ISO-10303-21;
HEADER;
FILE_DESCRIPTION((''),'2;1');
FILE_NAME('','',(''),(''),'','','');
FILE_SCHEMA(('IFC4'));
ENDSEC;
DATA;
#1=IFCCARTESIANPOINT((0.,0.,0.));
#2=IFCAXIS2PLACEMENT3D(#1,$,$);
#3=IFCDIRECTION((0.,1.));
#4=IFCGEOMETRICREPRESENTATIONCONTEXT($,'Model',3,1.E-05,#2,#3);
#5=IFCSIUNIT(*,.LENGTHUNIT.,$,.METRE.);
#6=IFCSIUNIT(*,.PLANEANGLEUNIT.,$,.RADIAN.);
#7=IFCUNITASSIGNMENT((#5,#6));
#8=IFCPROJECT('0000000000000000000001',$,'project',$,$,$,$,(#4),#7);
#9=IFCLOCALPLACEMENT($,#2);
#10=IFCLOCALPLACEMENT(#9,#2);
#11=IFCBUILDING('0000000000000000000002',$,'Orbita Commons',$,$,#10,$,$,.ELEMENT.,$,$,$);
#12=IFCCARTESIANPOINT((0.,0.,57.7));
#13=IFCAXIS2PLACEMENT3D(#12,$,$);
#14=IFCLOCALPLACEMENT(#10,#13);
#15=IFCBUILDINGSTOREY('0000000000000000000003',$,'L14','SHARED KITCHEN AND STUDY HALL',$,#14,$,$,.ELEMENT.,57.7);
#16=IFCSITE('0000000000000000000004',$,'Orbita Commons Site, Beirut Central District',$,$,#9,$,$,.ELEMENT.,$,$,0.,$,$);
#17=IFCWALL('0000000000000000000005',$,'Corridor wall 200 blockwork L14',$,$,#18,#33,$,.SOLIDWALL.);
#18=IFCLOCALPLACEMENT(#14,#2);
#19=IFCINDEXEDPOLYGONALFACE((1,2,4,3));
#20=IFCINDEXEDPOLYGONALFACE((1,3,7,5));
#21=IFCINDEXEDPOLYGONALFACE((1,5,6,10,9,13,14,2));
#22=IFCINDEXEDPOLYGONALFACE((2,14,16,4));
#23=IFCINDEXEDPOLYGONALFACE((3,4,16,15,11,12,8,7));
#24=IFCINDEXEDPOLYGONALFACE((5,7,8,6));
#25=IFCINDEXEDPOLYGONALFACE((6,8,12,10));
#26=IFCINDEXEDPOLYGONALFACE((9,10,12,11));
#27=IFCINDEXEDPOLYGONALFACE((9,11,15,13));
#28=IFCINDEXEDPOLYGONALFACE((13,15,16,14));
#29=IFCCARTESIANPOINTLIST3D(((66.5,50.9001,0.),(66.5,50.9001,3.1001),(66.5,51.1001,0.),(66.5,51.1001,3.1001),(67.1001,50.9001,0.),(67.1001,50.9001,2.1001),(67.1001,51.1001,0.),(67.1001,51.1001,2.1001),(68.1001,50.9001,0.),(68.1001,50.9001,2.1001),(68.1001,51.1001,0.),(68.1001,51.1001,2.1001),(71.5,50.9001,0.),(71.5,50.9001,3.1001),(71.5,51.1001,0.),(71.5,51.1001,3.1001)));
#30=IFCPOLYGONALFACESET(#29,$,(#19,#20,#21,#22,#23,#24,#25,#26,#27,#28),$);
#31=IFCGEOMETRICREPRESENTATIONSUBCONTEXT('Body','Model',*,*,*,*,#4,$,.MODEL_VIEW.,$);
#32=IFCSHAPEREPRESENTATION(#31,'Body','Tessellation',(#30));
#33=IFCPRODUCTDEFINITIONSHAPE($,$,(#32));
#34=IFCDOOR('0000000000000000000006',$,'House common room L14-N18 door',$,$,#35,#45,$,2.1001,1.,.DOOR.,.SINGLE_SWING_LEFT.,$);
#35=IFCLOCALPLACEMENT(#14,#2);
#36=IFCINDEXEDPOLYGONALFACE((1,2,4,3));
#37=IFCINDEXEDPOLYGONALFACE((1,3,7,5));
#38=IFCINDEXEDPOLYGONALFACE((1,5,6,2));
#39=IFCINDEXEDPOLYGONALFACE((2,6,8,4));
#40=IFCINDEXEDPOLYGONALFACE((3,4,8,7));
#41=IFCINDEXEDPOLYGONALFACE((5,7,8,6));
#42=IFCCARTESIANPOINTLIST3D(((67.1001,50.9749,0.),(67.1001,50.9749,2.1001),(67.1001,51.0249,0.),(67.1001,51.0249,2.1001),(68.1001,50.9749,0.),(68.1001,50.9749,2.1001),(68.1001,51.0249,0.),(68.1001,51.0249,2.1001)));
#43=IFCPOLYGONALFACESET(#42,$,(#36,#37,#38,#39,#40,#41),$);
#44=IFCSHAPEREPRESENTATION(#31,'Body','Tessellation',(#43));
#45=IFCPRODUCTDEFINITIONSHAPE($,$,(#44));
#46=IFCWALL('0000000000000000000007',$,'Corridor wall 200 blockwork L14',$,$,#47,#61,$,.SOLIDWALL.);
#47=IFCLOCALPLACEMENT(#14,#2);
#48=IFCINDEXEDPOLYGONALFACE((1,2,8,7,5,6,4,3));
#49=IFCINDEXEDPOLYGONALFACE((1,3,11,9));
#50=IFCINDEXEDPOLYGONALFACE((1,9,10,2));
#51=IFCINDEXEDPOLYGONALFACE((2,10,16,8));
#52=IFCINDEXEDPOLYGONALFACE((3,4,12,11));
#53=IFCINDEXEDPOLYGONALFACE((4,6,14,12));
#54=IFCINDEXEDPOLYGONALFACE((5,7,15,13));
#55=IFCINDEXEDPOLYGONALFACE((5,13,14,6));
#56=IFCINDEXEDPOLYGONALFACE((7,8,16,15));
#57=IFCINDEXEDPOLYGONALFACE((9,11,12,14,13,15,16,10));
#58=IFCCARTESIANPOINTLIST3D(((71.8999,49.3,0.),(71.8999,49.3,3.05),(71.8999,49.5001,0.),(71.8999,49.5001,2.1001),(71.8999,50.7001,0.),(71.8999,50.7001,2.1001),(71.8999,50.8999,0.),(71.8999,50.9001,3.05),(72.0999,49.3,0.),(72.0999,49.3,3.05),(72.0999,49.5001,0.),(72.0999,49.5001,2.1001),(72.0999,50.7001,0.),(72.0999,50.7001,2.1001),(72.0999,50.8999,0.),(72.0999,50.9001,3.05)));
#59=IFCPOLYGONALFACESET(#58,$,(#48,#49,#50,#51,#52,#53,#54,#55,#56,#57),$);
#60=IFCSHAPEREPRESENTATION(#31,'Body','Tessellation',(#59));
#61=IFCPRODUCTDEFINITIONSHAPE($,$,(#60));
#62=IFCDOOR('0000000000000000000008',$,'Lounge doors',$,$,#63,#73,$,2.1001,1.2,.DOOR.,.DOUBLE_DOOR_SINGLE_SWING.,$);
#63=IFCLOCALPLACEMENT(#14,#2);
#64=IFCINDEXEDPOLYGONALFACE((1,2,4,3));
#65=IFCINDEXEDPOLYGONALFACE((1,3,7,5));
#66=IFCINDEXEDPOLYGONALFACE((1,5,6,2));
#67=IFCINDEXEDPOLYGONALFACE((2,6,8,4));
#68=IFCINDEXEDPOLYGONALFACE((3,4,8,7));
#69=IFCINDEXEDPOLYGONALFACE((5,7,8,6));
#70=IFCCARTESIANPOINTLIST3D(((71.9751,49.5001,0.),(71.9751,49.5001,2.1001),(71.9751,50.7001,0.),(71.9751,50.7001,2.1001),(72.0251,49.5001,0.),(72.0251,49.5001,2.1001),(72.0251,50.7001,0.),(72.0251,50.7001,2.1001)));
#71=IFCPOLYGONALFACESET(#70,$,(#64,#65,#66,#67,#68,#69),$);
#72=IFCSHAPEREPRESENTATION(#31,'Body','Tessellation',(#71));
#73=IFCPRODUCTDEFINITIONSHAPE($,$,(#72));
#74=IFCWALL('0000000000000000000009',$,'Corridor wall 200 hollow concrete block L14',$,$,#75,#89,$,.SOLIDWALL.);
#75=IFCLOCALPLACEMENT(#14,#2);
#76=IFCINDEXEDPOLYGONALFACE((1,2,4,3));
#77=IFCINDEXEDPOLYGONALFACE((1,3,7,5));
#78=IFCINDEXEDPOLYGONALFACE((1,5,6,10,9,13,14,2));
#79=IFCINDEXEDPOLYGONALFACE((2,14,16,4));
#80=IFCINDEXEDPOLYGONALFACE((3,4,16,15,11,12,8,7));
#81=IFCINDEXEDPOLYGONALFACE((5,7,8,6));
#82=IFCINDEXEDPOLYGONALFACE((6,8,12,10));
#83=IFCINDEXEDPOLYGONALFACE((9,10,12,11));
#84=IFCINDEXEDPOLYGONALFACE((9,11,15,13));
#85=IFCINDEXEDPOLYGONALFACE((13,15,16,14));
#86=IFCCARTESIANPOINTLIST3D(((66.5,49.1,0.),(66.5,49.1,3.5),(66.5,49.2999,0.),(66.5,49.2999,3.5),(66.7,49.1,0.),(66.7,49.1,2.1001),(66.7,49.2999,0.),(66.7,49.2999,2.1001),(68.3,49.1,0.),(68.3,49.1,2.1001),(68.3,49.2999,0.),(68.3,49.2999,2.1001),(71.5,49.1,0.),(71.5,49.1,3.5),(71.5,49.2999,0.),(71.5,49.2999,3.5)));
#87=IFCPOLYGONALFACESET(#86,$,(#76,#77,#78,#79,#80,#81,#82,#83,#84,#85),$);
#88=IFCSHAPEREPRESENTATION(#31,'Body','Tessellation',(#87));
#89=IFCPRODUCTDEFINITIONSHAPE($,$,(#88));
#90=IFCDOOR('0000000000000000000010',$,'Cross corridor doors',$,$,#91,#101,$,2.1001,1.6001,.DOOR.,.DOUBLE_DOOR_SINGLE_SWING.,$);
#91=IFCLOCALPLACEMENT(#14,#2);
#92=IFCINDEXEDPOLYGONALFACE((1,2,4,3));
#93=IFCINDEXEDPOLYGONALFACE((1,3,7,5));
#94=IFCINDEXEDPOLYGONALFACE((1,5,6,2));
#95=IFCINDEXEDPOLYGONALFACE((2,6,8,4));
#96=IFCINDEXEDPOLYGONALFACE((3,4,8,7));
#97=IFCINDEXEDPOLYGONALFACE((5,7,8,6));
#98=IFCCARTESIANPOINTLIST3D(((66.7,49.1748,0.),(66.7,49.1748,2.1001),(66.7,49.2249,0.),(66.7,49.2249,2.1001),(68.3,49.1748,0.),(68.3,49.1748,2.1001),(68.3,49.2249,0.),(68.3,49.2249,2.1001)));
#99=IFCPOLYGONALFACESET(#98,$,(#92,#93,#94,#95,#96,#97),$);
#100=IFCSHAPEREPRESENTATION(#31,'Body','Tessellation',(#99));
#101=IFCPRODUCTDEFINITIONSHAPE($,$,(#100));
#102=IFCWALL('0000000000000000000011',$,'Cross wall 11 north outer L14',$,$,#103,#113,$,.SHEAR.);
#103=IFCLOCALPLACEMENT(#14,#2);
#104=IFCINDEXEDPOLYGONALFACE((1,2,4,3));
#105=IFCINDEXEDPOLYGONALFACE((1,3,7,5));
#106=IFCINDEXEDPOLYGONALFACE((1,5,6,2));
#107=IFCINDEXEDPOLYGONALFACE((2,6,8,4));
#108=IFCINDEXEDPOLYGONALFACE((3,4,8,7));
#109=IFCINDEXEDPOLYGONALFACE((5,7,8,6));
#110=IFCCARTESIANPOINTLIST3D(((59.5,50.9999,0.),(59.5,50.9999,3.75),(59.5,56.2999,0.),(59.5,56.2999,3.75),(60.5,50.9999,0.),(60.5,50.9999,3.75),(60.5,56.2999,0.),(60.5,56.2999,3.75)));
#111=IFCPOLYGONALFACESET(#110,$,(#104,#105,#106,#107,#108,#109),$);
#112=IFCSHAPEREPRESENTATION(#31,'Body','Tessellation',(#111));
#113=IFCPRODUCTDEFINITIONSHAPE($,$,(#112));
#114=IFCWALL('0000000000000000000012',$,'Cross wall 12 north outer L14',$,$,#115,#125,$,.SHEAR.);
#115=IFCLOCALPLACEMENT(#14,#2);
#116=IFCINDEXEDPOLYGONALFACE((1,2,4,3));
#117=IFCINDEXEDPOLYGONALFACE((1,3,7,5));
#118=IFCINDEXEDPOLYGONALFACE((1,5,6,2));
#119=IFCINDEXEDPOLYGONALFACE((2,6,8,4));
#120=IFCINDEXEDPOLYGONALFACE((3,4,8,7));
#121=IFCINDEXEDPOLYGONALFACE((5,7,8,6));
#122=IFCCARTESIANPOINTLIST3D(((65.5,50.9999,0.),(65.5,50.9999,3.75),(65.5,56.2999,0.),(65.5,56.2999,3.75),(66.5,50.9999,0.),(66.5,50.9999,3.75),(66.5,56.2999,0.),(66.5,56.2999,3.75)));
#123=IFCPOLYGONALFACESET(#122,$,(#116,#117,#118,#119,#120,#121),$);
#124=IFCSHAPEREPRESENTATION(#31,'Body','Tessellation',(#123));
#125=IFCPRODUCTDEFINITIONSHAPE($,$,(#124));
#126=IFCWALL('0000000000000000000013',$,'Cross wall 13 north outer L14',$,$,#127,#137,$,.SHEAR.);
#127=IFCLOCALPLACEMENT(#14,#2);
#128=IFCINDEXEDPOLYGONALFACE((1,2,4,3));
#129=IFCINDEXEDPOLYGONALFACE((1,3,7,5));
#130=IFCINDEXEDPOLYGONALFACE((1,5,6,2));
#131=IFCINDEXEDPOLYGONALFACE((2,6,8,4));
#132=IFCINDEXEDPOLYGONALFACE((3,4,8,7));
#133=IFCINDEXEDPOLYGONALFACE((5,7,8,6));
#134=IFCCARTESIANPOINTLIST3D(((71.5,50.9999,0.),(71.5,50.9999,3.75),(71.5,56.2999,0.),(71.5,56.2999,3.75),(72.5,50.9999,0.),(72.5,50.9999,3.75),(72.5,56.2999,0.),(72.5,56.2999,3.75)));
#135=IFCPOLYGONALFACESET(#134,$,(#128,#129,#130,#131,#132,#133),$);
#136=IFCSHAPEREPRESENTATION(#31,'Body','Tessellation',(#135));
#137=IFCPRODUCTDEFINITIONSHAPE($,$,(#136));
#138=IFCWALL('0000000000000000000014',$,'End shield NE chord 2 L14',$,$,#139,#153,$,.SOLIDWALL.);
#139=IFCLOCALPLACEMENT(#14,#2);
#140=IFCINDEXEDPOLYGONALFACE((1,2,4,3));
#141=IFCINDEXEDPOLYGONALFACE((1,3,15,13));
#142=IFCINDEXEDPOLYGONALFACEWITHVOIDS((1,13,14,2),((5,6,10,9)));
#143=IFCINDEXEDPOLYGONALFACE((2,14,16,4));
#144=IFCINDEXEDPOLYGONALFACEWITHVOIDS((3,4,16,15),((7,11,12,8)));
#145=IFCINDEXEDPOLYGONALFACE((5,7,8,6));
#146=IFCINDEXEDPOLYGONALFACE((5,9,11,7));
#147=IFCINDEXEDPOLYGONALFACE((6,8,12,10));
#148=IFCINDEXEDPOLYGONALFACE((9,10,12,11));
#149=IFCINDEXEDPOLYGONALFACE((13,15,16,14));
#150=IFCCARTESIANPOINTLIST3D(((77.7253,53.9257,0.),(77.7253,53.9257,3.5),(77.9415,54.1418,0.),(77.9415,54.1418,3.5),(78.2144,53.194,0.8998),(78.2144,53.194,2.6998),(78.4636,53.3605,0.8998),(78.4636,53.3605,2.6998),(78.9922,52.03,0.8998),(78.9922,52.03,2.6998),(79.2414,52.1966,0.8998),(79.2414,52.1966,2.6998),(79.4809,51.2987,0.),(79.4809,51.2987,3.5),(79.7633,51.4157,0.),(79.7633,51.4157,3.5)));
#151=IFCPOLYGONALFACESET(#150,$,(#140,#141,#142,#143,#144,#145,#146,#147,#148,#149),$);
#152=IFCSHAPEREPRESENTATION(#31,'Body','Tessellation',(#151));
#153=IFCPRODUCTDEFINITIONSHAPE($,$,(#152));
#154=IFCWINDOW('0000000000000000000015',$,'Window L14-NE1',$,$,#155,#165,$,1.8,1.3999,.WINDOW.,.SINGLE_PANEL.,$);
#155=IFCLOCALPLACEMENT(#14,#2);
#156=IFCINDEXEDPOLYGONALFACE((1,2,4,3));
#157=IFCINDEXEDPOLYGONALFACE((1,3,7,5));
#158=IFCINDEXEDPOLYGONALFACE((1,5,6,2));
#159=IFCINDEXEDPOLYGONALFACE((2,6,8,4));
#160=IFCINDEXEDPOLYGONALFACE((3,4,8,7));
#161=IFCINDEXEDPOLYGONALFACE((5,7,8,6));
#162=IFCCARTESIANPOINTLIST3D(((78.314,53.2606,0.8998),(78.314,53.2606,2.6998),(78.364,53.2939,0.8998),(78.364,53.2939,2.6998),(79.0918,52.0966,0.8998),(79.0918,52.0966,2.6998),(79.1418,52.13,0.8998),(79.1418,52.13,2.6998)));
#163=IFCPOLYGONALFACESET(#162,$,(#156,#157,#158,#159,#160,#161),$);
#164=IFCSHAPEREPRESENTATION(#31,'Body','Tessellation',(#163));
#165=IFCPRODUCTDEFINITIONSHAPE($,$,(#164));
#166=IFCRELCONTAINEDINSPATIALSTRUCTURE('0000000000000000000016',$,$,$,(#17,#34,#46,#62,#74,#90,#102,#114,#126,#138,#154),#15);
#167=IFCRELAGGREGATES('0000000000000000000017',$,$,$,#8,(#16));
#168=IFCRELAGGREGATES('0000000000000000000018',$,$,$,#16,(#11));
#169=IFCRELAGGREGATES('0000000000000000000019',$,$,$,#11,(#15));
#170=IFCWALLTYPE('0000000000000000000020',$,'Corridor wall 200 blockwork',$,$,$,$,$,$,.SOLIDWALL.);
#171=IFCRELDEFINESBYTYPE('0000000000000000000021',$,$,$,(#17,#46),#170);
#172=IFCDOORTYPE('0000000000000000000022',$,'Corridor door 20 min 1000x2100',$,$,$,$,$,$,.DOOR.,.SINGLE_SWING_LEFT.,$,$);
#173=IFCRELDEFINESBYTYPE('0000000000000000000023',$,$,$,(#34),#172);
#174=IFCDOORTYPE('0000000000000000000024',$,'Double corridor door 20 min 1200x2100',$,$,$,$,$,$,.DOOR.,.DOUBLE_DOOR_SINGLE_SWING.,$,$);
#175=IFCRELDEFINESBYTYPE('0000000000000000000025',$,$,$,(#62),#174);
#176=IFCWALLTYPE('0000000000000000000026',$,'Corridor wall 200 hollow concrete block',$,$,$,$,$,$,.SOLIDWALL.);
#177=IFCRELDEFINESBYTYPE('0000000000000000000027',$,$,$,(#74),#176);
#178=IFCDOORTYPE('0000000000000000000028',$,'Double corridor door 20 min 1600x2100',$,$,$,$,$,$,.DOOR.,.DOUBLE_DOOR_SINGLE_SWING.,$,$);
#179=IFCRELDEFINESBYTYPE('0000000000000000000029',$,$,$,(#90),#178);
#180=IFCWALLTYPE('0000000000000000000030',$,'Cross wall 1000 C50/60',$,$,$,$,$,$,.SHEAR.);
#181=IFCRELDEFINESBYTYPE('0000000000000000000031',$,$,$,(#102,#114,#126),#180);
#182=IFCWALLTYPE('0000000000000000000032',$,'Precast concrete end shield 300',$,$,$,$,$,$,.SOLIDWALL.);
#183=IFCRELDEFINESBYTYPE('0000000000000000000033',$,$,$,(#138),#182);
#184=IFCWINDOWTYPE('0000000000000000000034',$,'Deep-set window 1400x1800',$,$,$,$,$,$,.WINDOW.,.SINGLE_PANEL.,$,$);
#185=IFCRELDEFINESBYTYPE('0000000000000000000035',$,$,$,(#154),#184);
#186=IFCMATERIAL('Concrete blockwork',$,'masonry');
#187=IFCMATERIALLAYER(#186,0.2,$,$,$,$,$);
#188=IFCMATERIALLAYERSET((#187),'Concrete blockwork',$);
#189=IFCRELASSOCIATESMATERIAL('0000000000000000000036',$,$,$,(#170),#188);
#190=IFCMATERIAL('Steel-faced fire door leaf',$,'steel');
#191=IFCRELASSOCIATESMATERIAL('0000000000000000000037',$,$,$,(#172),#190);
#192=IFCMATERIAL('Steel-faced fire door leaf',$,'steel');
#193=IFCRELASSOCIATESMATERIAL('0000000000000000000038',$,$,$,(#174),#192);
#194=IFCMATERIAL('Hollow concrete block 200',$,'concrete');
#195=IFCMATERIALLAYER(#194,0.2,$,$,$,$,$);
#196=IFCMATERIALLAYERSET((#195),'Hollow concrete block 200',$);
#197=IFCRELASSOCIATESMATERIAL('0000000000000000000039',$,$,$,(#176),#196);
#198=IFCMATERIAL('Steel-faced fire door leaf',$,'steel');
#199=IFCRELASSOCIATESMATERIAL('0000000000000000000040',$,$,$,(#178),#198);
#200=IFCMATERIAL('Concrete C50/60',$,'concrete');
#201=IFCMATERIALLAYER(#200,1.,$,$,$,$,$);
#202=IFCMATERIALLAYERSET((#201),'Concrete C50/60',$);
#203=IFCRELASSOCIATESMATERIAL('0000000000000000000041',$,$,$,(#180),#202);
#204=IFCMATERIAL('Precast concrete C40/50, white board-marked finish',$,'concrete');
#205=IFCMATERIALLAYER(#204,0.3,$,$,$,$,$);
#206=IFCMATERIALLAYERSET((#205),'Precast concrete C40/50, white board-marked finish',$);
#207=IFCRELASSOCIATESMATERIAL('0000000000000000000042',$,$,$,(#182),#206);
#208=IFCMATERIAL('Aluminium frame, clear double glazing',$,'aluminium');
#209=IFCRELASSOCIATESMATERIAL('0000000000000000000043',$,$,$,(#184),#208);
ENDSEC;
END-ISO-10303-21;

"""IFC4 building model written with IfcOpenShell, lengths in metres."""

from ifc_helpers import new_model, si_unit, direction, frame, frame_2d, origin, place, context, subcontext, project, spatial, polyline, rectangle, outline, extrude, material, layer, layer_set, type_object, element, fill, save


model = new_model("IFC4")

# Units and contexts
model_context = context("Model", 3, precision=1e-05, world=origin(), true_north=direction((0.0, 1.0)))
body_context = subcontext(model_context, "Body", "Model", "MODEL_VIEW")
ifc_project = project(units=[si_unit("LENGTHUNIT", "METRE"), si_unit("PLANEANGLEUNIT", "RADIAN")], contexts=[model_context])

# Site, building, storey
site_placement = place(None, origin())
site = spatial("IfcSite", under=ifc_project, at=site_placement, Name="Orbita Commons Site, Beirut Central District", CompositionType="ELEMENT", RefElevation=0.0)
building_placement = place(site_placement, origin())
building = spatial("IfcBuilding", under=site, at=building_placement, Name="Orbita Commons", CompositionType="ELEMENT")
storey_placement = place(building_placement, frame((0.0, 0.0, 57.7)))
storey = spatial("IfcBuildingStorey", under=building, at=storey_placement, Name="L14", Description="SHARED KITCHEN AND STUDY HALL", CompositionType="ELEMENT", Elevation=57.7)

# Walls, openings, doors
ifc_material_1 = material(Name="Concrete blockwork", Category="masonry")
ifc_layer_1 = layer(ifc_material_1, 0.2)
ifc_layer_set_1 = layer_set([ifc_layer_1], Name="Concrete blockwork")
wall_type_1 = type_object("IfcWallType", Name="Corridor wall 200 blockwork", PredefinedType="SOLIDWALL", material=ifc_layer_set_1)
ifc_material_2 = material(Name="Steel-faced fire door leaf", Category="steel")
door_type_1 = type_object("IfcDoorType", Name="Corridor door 20 min 1000x2100", OperationType="SINGLE_SWING_LEFT", PredefinedType="DOOR", material=ifc_material_2)
wall_1_placement = place(storey_placement, frame((66.5, 51.0, 0.0), z_axis=(0.0, 0.0, 1.0), x_axis=(1.0, 0.0, 0.0)))
wall_1 = element("IfcWall", 1, at=wall_1_placement, inside=storey, type_object=wall_type_1, Name="Corridor wall 200 blockwork L14", PredefinedType="SOLIDWALL", context=body_context, shape_type="SweptSolid", body=[
    extrude(outline(polyline([(0.0, 0.0), (5.0, 0.0), (5.0, 3.1001), (0.0, 3.1001), (0.0, 0.0)])), frame((0.0, 0.1001, 0.0), z_axis=(0.0, -1.0, 0.0), x_axis=(1.0, 0.0, 0.0)), (0.0, 0.0, 1.0), 0.2),
])
opening_1_placement = place(wall_1_placement, frame((0.6001, 0.0, 0.0)))
opening_1 = element("IfcOpeningElement", 2, at=opening_1_placement, cuts=wall_1, PredefinedType="OPENING", context=body_context, shape_type="SweptSolid", body=[
    extrude(rectangle(XDim=1.0, YDim=2.1001, at=frame_2d((0.5, 1.05))), frame((0.0, 0.1099, 0.0), z_axis=(0.0, -1.0, 0.0), x_axis=(1.0, 0.0, 0.0)), (0.0, 0.0, 1.0), 0.22),
])
door_1_placement = place(opening_1_placement, origin())
door_1 = element("IfcDoor", 3, at=door_1_placement, inside=storey, type_object=door_type_1, Name="House common room L14-N18 door", OperationType="SINGLE_SWING_LEFT", OverallHeight=2.1001, OverallWidth=1.0, PredefinedType="DOOR", context=body_context, shape_type="SweptSolid", body=[
    extrude(rectangle(XDim=1.0, YDim=2.1001, at=frame_2d((0.5, 1.05))), frame((0.0, 0.0249, 0.0), z_axis=(0.0, -1.0, 0.0), x_axis=(1.0, 0.0, 0.0)), (0.0, 0.0, 1.0), 0.05),
])
fill(opening_1, door_1)
wall_2_placement = place(storey_placement, frame((72.0, 49.3, 0.0), z_axis=(0.0, 0.0, 1.0), x_axis=(0.0, 1.0, 0.0)))
wall_2 = element("IfcWall", 4, at=wall_2_placement, inside=storey, type_object=wall_type_1, Name="Corridor wall 200 blockwork L14", PredefinedType="SOLIDWALL", context=body_context, shape_type="SweptSolid", body=[
    extrude(outline(polyline([(0.0, 0.0), (1.5999, 0.0), (1.6001, 3.05), (0.0, 3.05), (0.0, 0.0)])), frame((0.0, 0.1001, 0.0), z_axis=(0.0, -1.0, 0.0), x_axis=(1.0, 0.0, 0.0)), (0.0, 0.0, 1.0), 0.2),
])
opening_2_placement = place(wall_2_placement, frame((0.2, 0.0, 0.0)))
opening_2 = element("IfcOpeningElement", 5, at=opening_2_placement, cuts=wall_2, PredefinedType="OPENING", context=body_context, shape_type="SweptSolid", body=[
    extrude(rectangle(XDim=1.2, YDim=2.1001, at=frame_2d((0.6001, 1.05))), frame((0.0, 0.1099, 0.0), z_axis=(0.0, -1.0, 0.0), x_axis=(1.0, 0.0, 0.0)), (0.0, 0.0, 1.0), 0.22),
])
ifc_material_3 = material(Name="Steel-faced fire door leaf", Category="steel")
door_type_2 = type_object("IfcDoorType", Name="Double corridor door 20 min 1200x2100", OperationType="DOUBLE_DOOR_SINGLE_SWING", PredefinedType="DOOR", material=ifc_material_3)
door_2_placement = place(opening_2_placement, origin())
door_2 = element("IfcDoor", 6, at=door_2_placement, inside=storey, type_object=door_type_2, Name="Lounge doors", OperationType="DOUBLE_DOOR_SINGLE_SWING", OverallHeight=2.1001, OverallWidth=1.2, PredefinedType="DOOR", context=body_context, shape_type="SweptSolid", body=[
    extrude(rectangle(XDim=1.2, YDim=2.1001, at=frame_2d((0.6001, 1.05))), frame((0.0, 0.0249, 0.0), z_axis=(0.0, -1.0, 0.0), x_axis=(1.0, 0.0, 0.0)), (0.0, 0.0, 1.0), 0.05),
])
fill(opening_2, door_2)
ifc_material_4 = material(Name="Hollow concrete block 200", Category="concrete")
ifc_layer_2 = layer(ifc_material_4, 0.2)
ifc_layer_set_2 = layer_set([ifc_layer_2], Name="Hollow concrete block 200")
wall_type_2 = type_object("IfcWallType", Name="Corridor wall 200 hollow concrete block", PredefinedType="SOLIDWALL", material=ifc_layer_set_2)
wall_3_placement = place(storey_placement, frame((66.5, 49.2, 0.0), z_axis=(0.0, 0.0, 1.0), x_axis=(1.0, 0.0, 0.0)))
wall_3 = element("IfcWall", 7, at=wall_3_placement, inside=storey, type_object=wall_type_2, Name="Corridor wall 200 hollow concrete block L14", PredefinedType="SOLIDWALL", context=body_context, shape_type="SweptSolid", body=[
    extrude(rectangle(XDim=5.0, YDim=0.2, at=frame_2d((2.5, 0.0))), origin(), (0.0, 0.0, 1.0), 3.5),
])
opening_3_placement = place(wall_3_placement, frame((0.2, 0.0, 0.0)))
opening_3 = element("IfcOpeningElement", 8, at=opening_3_placement, cuts=wall_3, PredefinedType="OPENING", context=body_context, shape_type="SweptSolid", body=[
    extrude(rectangle(XDim=1.6001, YDim=2.1001, at=frame_2d((0.8, 1.05))), frame((0.0, 0.1099, 0.0), z_axis=(0.0, -1.0, 0.0), x_axis=(1.0, 0.0, 0.0)), (0.0, 0.0, 1.0), 0.22),
])
ifc_material_5 = material(Name="Steel-faced fire door leaf", Category="steel")
door_type_3 = type_object("IfcDoorType", Name="Double corridor door 20 min 1600x2100", OperationType="DOUBLE_DOOR_SINGLE_SWING", PredefinedType="DOOR", material=ifc_material_5)
door_3_placement = place(opening_3_placement, origin())
door_3 = element("IfcDoor", 9, at=door_3_placement, inside=storey, type_object=door_type_3, Name="Cross corridor doors", OperationType="DOUBLE_DOOR_SINGLE_SWING", OverallHeight=2.1001, OverallWidth=1.6001, PredefinedType="DOOR", context=body_context, shape_type="SweptSolid", body=[
    extrude(rectangle(XDim=1.6001, YDim=2.1001, at=frame_2d((0.8, 1.05))), frame((0.0, 0.0249, 0.0), z_axis=(0.0, -1.0, 0.0), x_axis=(1.0, 0.0, 0.0)), (0.0, 0.0, 1.0), 0.05),
])
fill(opening_3, door_3)

# Walls
ifc_material_6 = material(Name="Concrete C50/60", Category="concrete")
ifc_layer_3 = layer(ifc_material_6, 1.0)
ifc_layer_set_3 = layer_set([ifc_layer_3], Name="Concrete C50/60")
wall_type_3 = type_object("IfcWallType", Name="Cross wall 1000 C50/60", PredefinedType="SHEAR", material=ifc_layer_set_3)
for number, where, z_axis, x_axis, name in (
    (10, (60.0, 51.0, 0.0), (0.0, 0.0, 1.0), (0.0, 1.0, 0.0), "Cross wall 11 north outer L14"),
    (11, (66.0, 51.0, 0.0), (0.0, 0.0, 1.0), (0.0, 1.0, 0.0), "Cross wall 12 north outer L14"),
    (12, (72.0, 51.0, 0.0), (0.0, 0.0, 1.0), (0.0, 1.0, 0.0), "Cross wall 13 north outer L14"),
):
    element("IfcWall", number, at=place(storey_placement, frame(where, z_axis=z_axis, x_axis=x_axis)), inside=storey, type_object=wall_type_3, Name=name, PredefinedType="SHEAR", context=body_context, shape_type="SweptSolid", body=[
        extrude(rectangle(XDim=5.3, YDim=1.0, at=frame_2d((2.6499, 0.0))), origin(), (0.0, 0.0, 1.0), 3.75),
    ])

# Wall, opening, window
ifc_material_7 = material(Name="Precast concrete C40/50, white board-marked finish", Category="concrete")
ifc_layer_4 = layer(ifc_material_7, 0.3)
ifc_layer_set_4 = layer_set([ifc_layer_4], Name="Precast concrete C40/50, white board-marked finish")
wall_type_4 = type_object("IfcWallType", Name="Precast concrete end shield 300", PredefinedType="SOLIDWALL", material=ifc_layer_set_4)
wall_4_placement = place(storey_placement, frame((79.6221, 51.3572, 0.0), z_axis=(0.0, 0.0, 1.0), x_axis=(-0.55561, 0.831443, 0.0)))
wall_4 = element("IfcWall", 13, at=wall_4_placement, inside=storey, type_object=wall_type_4, Name="End shield NE chord 2 L14", PredefinedType="SOLIDWALL", context=body_context, shape_type="SweptSolid", body=[
    extrude(outline(polyline([(-0.0298, -0.1499), (3.249, -0.1499), (3.1895, 0.1499), (0.0298, 0.1499), (-0.0298, -0.1499)])), origin(), (0.0, 0.0, 1.0), 3.5),
])
opening_4_placement = place(wall_4_placement, frame((0.9094, 0.0, 0.8999)))
opening_4 = element("IfcOpeningElement", 14, at=opening_4_placement, cuts=wall_4, PredefinedType="OPENING", context=body_context, shape_type="SweptSolid", body=[
    extrude(rectangle(XDim=1.3999, YDim=1.8, at=frame_2d((0.7, 0.8999))), frame((0.0, 0.1599, 0.0), z_axis=(0.0, -1.0, 0.0), x_axis=(1.0, 0.0, 0.0)), (0.0, 0.0, 1.0), 0.3201),
])
ifc_material_8 = material(Name="Aluminium frame, clear double glazing", Category="aluminium")
window_type = type_object("IfcWindowType", Name="Deep-set window 1400x1800", PartitioningType="SINGLE_PANEL", PredefinedType="WINDOW", material=ifc_material_8)
window_placement = place(opening_4_placement, origin())
window = element("IfcWindow", 15, at=window_placement, inside=storey, type_object=window_type, Name="Window L14-NE1", OverallHeight=1.8, OverallWidth=1.3999, PartitioningType="SINGLE_PANEL", PredefinedType="WINDOW", context=body_context, shape_type="SweptSolid", body=[
    extrude(rectangle(XDim=1.3999, YDim=1.8, at=frame_2d((0.7, 0.8999))), frame((0.0, 0.03, 0.0), z_axis=(0.0, -1.0, 0.0), x_axis=(1.0, 0.0, 0.0)), (0.0, 0.0, 1.0), 0.0601),
])
fill(opening_4, window)

save(model, "model.ifc")
